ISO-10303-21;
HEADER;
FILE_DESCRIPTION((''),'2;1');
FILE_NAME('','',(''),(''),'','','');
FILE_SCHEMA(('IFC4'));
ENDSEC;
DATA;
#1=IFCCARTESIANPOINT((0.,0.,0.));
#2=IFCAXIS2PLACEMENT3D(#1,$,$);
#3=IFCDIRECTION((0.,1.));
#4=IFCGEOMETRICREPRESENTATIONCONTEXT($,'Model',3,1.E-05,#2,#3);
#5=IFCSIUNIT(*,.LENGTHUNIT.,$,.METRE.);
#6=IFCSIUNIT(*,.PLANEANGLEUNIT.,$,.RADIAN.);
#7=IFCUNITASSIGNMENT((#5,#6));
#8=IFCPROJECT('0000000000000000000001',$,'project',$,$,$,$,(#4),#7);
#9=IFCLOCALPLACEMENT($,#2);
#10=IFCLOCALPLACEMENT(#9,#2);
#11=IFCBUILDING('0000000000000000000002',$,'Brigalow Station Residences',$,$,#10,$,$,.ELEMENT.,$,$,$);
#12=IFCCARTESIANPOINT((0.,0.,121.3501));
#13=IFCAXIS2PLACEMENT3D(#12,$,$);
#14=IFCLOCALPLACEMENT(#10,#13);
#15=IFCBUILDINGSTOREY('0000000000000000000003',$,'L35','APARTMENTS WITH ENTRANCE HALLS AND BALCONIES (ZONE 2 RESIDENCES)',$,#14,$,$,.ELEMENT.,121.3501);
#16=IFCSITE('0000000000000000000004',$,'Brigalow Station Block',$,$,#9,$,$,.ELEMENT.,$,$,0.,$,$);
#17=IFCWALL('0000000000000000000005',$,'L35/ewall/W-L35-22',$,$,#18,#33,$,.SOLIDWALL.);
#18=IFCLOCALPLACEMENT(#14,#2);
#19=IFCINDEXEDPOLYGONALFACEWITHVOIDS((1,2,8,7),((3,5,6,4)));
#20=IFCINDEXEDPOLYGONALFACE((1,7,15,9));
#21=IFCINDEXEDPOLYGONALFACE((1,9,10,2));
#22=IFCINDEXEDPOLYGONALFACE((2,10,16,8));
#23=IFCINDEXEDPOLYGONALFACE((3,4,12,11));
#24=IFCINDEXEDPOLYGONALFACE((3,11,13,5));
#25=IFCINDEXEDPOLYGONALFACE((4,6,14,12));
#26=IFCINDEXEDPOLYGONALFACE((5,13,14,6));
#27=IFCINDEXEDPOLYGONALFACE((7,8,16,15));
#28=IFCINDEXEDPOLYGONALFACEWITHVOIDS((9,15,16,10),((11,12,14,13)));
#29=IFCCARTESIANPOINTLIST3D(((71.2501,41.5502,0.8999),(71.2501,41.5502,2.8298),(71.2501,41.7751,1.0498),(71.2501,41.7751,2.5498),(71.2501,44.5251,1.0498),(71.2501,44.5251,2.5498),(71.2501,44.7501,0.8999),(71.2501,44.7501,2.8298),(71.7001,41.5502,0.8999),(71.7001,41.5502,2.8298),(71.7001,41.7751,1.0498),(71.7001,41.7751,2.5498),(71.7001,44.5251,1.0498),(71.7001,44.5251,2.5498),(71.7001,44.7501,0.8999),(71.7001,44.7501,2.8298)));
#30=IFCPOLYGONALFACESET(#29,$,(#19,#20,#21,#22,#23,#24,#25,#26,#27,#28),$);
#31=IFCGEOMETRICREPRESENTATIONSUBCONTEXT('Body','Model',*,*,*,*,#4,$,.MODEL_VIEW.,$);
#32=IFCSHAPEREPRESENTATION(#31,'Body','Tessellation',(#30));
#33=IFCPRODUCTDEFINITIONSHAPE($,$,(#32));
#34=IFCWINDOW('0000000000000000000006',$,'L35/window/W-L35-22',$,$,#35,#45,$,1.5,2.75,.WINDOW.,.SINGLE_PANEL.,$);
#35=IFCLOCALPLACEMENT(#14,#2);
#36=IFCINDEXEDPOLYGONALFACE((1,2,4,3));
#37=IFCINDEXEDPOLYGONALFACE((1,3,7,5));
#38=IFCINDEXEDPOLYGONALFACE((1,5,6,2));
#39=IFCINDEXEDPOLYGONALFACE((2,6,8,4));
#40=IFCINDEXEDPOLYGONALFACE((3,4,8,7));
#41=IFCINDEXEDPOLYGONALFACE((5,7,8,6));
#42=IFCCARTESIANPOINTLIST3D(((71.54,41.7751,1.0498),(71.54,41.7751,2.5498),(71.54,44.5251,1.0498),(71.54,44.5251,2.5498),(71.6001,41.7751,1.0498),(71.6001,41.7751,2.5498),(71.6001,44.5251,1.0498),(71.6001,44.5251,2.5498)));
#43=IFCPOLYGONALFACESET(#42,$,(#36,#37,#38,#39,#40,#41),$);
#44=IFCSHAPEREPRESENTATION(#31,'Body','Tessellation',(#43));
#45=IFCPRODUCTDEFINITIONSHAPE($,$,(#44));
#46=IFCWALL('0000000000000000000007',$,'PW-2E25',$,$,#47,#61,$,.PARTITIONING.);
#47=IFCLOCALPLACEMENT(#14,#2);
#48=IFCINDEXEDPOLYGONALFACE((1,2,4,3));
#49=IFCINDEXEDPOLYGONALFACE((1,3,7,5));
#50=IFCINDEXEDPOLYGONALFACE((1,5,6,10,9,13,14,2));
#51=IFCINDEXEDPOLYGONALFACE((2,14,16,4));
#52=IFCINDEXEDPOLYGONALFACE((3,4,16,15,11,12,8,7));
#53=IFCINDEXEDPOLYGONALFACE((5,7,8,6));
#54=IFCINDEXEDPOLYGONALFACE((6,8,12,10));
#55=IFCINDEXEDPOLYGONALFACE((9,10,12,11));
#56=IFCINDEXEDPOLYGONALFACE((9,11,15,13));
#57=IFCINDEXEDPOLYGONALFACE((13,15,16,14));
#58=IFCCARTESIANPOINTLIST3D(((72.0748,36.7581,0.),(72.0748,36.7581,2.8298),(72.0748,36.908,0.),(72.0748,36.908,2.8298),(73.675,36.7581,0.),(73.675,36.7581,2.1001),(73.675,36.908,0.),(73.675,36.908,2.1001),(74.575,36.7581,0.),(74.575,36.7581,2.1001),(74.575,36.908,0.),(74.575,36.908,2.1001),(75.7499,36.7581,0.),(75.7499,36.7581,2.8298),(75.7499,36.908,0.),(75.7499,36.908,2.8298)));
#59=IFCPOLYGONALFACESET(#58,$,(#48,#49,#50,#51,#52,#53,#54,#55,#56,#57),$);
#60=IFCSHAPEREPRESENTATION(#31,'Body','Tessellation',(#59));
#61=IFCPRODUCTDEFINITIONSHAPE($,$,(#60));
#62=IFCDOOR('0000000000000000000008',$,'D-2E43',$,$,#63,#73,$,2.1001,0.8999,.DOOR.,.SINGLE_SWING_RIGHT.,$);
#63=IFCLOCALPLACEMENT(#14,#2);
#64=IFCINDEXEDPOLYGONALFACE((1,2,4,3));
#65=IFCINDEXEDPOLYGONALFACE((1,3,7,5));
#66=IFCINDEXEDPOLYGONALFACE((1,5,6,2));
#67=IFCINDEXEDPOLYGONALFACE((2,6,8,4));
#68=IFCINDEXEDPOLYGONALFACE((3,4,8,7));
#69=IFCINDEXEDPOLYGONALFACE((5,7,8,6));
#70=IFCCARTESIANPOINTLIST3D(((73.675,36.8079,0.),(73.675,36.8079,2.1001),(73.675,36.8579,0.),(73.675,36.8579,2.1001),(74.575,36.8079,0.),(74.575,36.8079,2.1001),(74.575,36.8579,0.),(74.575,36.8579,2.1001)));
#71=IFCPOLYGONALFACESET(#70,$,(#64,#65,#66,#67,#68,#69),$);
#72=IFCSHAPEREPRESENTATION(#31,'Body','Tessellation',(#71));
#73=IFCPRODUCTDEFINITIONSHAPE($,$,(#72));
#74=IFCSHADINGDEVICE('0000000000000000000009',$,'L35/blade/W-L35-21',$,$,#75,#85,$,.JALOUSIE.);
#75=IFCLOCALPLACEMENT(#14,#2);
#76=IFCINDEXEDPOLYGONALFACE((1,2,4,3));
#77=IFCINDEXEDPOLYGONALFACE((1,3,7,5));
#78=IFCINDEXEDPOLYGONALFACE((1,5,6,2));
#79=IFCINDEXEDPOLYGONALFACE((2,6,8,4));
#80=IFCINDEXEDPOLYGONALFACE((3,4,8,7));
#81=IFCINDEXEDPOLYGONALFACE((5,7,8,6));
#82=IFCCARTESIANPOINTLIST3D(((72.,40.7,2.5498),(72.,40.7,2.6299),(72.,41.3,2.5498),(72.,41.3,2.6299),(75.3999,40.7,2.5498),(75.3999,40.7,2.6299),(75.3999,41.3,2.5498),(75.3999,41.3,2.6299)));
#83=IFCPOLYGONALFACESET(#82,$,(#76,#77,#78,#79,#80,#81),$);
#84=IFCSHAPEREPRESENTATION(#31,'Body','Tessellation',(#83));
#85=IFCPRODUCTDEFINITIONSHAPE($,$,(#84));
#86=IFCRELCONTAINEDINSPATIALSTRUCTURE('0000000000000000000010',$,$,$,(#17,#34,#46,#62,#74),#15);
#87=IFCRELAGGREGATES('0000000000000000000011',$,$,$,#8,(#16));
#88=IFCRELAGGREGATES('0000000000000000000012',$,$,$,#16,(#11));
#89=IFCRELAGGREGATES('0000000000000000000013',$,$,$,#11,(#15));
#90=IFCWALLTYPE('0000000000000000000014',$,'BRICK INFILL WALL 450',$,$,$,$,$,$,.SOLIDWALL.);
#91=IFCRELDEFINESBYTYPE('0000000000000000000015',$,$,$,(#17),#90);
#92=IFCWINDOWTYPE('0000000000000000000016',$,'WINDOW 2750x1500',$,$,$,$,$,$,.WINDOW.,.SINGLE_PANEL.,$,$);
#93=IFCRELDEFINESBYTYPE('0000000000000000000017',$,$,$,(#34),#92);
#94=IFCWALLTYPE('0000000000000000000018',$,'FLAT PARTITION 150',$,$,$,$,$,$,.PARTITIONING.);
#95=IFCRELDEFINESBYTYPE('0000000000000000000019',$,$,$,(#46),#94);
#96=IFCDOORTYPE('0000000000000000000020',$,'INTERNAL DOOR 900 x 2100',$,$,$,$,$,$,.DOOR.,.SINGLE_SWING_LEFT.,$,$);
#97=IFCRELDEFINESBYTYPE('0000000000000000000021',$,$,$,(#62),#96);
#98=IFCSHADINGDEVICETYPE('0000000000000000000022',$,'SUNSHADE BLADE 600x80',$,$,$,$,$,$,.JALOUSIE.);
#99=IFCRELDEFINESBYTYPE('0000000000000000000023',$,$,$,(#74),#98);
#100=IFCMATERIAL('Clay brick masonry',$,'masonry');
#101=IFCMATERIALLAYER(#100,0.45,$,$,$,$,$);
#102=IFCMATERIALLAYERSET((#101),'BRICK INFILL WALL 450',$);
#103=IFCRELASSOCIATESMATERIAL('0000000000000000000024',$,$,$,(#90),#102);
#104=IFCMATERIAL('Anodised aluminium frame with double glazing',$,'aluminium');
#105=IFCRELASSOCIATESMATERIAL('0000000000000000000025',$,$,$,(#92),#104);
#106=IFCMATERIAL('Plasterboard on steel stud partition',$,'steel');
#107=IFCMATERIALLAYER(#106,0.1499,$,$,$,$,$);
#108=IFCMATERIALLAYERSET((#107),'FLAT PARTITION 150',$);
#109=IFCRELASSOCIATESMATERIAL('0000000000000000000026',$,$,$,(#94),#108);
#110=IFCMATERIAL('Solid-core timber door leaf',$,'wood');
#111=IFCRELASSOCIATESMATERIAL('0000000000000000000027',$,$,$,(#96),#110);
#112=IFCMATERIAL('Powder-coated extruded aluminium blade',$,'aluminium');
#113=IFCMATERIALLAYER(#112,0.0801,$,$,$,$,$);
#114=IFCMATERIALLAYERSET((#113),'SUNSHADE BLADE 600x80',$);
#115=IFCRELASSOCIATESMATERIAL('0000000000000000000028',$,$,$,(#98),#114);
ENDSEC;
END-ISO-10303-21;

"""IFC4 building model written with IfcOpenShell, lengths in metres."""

from ifc_helpers import new_model, si_unit, direction, frame, frame_2d, origin, origin_2d, place, context, subcontext, project, spatial, rectangle, extrude, material, layer, layer_set, type_object, element, fill, save


model = new_model("IFC4")

# Units and contexts
model_context = context("Model", 3, precision=1e-05, world=origin(), true_north=direction((0.0, 1.0)))
body_context = subcontext(model_context, "Body", "Model", "MODEL_VIEW")
ifc_project = project(units=[si_unit("LENGTHUNIT", "METRE"), si_unit("PLANEANGLEUNIT", "RADIAN")], contexts=[model_context])

# Site, building, storey
site_placement = place(None, origin())
site = spatial("IfcSite", under=ifc_project, at=site_placement, Name="Brigalow Station Block", CompositionType="ELEMENT", RefElevation=0.0)
building_placement = place(site_placement, origin())
building = spatial("IfcBuilding", under=site, at=building_placement, Name="Brigalow Station Residences", CompositionType="ELEMENT")
storey_placement = place(building_placement, frame((0.0, 0.0, 121.3501)))
storey = spatial("IfcBuildingStorey", under=building, at=storey_placement, Name="L35", Description="APARTMENTS WITH ENTRANCE HALLS AND BALCONIES (ZONE 2 RESIDENCES)", CompositionType="ELEMENT", Elevation=121.3501)

# Wall, opening, window
ifc_material_1 = material(Name="Clay brick masonry", Category="masonry")
ifc_layer_1 = layer(ifc_material_1, 0.45)
ifc_layer_set_1 = layer_set([ifc_layer_1], Name="BRICK INFILL WALL 450")
wall_type_1 = type_object("IfcWallType", Name="BRICK INFILL WALL 450", PredefinedType="SOLIDWALL", material=ifc_layer_set_1)
wall_1_placement = place(storey_placement, frame((71.4751, 41.55, 0.8999), z_axis=(0.0, 0.0, 1.0), x_axis=(0.0, 1.0, 0.0)))
wall_1 = element("IfcWall", 1, at=wall_1_placement, inside=storey, type_object=wall_type_1, Name="L35/ewall/W-L35-22", PredefinedType="SOLIDWALL", context=body_context, shape_type="SweptSolid", body=[
    extrude(rectangle(XDim=3.2, YDim=0.45, at=frame_2d((1.6001, 0.0))), origin(), (0.0, 0.0, 1.0), 1.9299),
])
opening_1_placement = place(wall_1_placement, frame((0.2251, 0.0, 0.1499)))
opening_1 = element("IfcOpeningElement", 2, at=opening_1_placement, cuts=wall_1, PredefinedType="OPENING", context=body_context, shape_type="SweptSolid", body=[
    extrude(rectangle(XDim=2.75, YDim=1.5, at=frame_2d((1.375, 0.75))), frame((0.0, 0.2349, 0.0), z_axis=(0.0, -1.0, 0.0), x_axis=(1.0, 0.0, 0.0)), (0.0, 0.0, 1.0), 0.47),
])
ifc_material_2 = material(Name="Anodised aluminium frame with double glazing", Category="aluminium")
window_type_1 = type_object("IfcWindowType", Name="WINDOW 2750x1500", PartitioningType="SINGLE_PANEL", PredefinedType="WINDOW", material=ifc_material_2)
window_1_placement = place(opening_1_placement, origin())
window_1 = element("IfcWindow", 3, at=window_1_placement, inside=storey, type_object=window_type_1, Name="L35/window/W-L35-22", OverallHeight=1.5, OverallWidth=2.75, PartitioningType="SINGLE_PANEL", PredefinedType="WINDOW", context=body_context, shape_type="SweptSolid", body=[
    extrude(rectangle(XDim=2.75, YDim=1.5, at=frame_2d((1.375, 0.75))), frame((0.0, -0.0649, 0.0), z_axis=(0.0, -1.0, 0.0), x_axis=(1.0, 0.0, 0.0)), (0.0, 0.0, 1.0), 0.0601),
])
fill(opening_1, window_1)

# Wall, opening, door
ifc_material_3 = material(Name="Plasterboard on steel stud partition", Category="steel")
ifc_layer_2 = layer(ifc_material_3, 0.1499)
ifc_layer_set_2 = layer_set([ifc_layer_2], Name="FLAT PARTITION 150")
wall_type_2 = type_object("IfcWallType", Name="FLAT PARTITION 150", PredefinedType="PARTITIONING", material=ifc_layer_set_2)
wall_2_placement = place(storey_placement, frame((72.075, 36.833, 0.0), z_axis=(0.0, 0.0, 1.0), x_axis=(1.0, 0.0, 0.0)))
wall_2 = element("IfcWall", 4, at=wall_2_placement, inside=storey, type_object=wall_type_2, Name="PW-2E25", PredefinedType="PARTITIONING", context=body_context, shape_type="SweptSolid", body=[
    extrude(rectangle(XDim=3.675, YDim=0.1499, at=frame_2d((1.8374, 0.0))), origin(), (0.0, 0.0, 1.0), 2.8298),
])
opening_2_placement = place(wall_2_placement, frame((1.6001, 0.0, 0.0)))
opening_2 = element("IfcOpeningElement", 5, at=opening_2_placement, cuts=wall_2, PredefinedType="OPENING", context=body_context, shape_type="SweptSolid", body=[
    extrude(rectangle(XDim=0.8999, YDim=2.1001, at=frame_2d((0.45, 1.05))), frame((0.0, 0.085, 0.0), z_axis=(0.0, -1.0, 0.0), x_axis=(1.0, 0.0, 0.0)), (0.0, 0.0, 1.0), 0.1699),
])
ifc_material_4 = material(Name="Solid-core timber door leaf", Category="wood")
door_type = type_object("IfcDoorType", Name="INTERNAL DOOR 900 x 2100", OperationType="SINGLE_SWING_LEFT", PredefinedType="DOOR", material=ifc_material_4)
door_placement = place(opening_2_placement, origin())
door = element("IfcDoor", 6, at=door_placement, inside=storey, type_object=door_type, Name="D-2E43", OperationType="SINGLE_SWING_RIGHT", OverallHeight=2.1001, OverallWidth=0.8999, PredefinedType="DOOR", context=body_context, shape_type="SweptSolid", body=[
    extrude(rectangle(XDim=0.8999, YDim=2.1001, at=frame_2d((0.45, 1.05))), frame((0.0, 0.0249, 0.0), z_axis=(0.0, -1.0, 0.0), x_axis=(1.0, 0.0, 0.0)), (0.0, 0.0, 1.0), 0.05),
])
fill(opening_2, door)

# Shading device
ifc_material_5 = material(Name="Powder-coated extruded aluminium blade", Category="aluminium")
ifc_layer_3 = layer(ifc_material_5, 0.0801)
ifc_layer_set_3 = layer_set([ifc_layer_3], Name="SUNSHADE BLADE 600x80")
shading_device_type = type_object("IfcShadingDeviceType", Name="SUNSHADE BLADE 600x80", PredefinedType="JALOUSIE", material=ifc_layer_set_3)
shading_device_placement = place(storey_placement, frame((73.7, 41.0, 2.5498), z_axis=(0.0, 0.0, 1.0), x_axis=(-1.0, 0.0, 0.0)))
element("IfcShadingDevice", 7, at=shading_device_placement, inside=storey, type_object=shading_device_type, Name="L35/blade/W-L35-21", PredefinedType="JALOUSIE", context=body_context, shape_type="SweptSolid", body=[
    extrude(rectangle(XDim=3.3999, YDim=0.6001, at=origin_2d()), origin(), (0.0, 0.0, 1.0), 0.0801),
])

save(model, "model.ifc")
